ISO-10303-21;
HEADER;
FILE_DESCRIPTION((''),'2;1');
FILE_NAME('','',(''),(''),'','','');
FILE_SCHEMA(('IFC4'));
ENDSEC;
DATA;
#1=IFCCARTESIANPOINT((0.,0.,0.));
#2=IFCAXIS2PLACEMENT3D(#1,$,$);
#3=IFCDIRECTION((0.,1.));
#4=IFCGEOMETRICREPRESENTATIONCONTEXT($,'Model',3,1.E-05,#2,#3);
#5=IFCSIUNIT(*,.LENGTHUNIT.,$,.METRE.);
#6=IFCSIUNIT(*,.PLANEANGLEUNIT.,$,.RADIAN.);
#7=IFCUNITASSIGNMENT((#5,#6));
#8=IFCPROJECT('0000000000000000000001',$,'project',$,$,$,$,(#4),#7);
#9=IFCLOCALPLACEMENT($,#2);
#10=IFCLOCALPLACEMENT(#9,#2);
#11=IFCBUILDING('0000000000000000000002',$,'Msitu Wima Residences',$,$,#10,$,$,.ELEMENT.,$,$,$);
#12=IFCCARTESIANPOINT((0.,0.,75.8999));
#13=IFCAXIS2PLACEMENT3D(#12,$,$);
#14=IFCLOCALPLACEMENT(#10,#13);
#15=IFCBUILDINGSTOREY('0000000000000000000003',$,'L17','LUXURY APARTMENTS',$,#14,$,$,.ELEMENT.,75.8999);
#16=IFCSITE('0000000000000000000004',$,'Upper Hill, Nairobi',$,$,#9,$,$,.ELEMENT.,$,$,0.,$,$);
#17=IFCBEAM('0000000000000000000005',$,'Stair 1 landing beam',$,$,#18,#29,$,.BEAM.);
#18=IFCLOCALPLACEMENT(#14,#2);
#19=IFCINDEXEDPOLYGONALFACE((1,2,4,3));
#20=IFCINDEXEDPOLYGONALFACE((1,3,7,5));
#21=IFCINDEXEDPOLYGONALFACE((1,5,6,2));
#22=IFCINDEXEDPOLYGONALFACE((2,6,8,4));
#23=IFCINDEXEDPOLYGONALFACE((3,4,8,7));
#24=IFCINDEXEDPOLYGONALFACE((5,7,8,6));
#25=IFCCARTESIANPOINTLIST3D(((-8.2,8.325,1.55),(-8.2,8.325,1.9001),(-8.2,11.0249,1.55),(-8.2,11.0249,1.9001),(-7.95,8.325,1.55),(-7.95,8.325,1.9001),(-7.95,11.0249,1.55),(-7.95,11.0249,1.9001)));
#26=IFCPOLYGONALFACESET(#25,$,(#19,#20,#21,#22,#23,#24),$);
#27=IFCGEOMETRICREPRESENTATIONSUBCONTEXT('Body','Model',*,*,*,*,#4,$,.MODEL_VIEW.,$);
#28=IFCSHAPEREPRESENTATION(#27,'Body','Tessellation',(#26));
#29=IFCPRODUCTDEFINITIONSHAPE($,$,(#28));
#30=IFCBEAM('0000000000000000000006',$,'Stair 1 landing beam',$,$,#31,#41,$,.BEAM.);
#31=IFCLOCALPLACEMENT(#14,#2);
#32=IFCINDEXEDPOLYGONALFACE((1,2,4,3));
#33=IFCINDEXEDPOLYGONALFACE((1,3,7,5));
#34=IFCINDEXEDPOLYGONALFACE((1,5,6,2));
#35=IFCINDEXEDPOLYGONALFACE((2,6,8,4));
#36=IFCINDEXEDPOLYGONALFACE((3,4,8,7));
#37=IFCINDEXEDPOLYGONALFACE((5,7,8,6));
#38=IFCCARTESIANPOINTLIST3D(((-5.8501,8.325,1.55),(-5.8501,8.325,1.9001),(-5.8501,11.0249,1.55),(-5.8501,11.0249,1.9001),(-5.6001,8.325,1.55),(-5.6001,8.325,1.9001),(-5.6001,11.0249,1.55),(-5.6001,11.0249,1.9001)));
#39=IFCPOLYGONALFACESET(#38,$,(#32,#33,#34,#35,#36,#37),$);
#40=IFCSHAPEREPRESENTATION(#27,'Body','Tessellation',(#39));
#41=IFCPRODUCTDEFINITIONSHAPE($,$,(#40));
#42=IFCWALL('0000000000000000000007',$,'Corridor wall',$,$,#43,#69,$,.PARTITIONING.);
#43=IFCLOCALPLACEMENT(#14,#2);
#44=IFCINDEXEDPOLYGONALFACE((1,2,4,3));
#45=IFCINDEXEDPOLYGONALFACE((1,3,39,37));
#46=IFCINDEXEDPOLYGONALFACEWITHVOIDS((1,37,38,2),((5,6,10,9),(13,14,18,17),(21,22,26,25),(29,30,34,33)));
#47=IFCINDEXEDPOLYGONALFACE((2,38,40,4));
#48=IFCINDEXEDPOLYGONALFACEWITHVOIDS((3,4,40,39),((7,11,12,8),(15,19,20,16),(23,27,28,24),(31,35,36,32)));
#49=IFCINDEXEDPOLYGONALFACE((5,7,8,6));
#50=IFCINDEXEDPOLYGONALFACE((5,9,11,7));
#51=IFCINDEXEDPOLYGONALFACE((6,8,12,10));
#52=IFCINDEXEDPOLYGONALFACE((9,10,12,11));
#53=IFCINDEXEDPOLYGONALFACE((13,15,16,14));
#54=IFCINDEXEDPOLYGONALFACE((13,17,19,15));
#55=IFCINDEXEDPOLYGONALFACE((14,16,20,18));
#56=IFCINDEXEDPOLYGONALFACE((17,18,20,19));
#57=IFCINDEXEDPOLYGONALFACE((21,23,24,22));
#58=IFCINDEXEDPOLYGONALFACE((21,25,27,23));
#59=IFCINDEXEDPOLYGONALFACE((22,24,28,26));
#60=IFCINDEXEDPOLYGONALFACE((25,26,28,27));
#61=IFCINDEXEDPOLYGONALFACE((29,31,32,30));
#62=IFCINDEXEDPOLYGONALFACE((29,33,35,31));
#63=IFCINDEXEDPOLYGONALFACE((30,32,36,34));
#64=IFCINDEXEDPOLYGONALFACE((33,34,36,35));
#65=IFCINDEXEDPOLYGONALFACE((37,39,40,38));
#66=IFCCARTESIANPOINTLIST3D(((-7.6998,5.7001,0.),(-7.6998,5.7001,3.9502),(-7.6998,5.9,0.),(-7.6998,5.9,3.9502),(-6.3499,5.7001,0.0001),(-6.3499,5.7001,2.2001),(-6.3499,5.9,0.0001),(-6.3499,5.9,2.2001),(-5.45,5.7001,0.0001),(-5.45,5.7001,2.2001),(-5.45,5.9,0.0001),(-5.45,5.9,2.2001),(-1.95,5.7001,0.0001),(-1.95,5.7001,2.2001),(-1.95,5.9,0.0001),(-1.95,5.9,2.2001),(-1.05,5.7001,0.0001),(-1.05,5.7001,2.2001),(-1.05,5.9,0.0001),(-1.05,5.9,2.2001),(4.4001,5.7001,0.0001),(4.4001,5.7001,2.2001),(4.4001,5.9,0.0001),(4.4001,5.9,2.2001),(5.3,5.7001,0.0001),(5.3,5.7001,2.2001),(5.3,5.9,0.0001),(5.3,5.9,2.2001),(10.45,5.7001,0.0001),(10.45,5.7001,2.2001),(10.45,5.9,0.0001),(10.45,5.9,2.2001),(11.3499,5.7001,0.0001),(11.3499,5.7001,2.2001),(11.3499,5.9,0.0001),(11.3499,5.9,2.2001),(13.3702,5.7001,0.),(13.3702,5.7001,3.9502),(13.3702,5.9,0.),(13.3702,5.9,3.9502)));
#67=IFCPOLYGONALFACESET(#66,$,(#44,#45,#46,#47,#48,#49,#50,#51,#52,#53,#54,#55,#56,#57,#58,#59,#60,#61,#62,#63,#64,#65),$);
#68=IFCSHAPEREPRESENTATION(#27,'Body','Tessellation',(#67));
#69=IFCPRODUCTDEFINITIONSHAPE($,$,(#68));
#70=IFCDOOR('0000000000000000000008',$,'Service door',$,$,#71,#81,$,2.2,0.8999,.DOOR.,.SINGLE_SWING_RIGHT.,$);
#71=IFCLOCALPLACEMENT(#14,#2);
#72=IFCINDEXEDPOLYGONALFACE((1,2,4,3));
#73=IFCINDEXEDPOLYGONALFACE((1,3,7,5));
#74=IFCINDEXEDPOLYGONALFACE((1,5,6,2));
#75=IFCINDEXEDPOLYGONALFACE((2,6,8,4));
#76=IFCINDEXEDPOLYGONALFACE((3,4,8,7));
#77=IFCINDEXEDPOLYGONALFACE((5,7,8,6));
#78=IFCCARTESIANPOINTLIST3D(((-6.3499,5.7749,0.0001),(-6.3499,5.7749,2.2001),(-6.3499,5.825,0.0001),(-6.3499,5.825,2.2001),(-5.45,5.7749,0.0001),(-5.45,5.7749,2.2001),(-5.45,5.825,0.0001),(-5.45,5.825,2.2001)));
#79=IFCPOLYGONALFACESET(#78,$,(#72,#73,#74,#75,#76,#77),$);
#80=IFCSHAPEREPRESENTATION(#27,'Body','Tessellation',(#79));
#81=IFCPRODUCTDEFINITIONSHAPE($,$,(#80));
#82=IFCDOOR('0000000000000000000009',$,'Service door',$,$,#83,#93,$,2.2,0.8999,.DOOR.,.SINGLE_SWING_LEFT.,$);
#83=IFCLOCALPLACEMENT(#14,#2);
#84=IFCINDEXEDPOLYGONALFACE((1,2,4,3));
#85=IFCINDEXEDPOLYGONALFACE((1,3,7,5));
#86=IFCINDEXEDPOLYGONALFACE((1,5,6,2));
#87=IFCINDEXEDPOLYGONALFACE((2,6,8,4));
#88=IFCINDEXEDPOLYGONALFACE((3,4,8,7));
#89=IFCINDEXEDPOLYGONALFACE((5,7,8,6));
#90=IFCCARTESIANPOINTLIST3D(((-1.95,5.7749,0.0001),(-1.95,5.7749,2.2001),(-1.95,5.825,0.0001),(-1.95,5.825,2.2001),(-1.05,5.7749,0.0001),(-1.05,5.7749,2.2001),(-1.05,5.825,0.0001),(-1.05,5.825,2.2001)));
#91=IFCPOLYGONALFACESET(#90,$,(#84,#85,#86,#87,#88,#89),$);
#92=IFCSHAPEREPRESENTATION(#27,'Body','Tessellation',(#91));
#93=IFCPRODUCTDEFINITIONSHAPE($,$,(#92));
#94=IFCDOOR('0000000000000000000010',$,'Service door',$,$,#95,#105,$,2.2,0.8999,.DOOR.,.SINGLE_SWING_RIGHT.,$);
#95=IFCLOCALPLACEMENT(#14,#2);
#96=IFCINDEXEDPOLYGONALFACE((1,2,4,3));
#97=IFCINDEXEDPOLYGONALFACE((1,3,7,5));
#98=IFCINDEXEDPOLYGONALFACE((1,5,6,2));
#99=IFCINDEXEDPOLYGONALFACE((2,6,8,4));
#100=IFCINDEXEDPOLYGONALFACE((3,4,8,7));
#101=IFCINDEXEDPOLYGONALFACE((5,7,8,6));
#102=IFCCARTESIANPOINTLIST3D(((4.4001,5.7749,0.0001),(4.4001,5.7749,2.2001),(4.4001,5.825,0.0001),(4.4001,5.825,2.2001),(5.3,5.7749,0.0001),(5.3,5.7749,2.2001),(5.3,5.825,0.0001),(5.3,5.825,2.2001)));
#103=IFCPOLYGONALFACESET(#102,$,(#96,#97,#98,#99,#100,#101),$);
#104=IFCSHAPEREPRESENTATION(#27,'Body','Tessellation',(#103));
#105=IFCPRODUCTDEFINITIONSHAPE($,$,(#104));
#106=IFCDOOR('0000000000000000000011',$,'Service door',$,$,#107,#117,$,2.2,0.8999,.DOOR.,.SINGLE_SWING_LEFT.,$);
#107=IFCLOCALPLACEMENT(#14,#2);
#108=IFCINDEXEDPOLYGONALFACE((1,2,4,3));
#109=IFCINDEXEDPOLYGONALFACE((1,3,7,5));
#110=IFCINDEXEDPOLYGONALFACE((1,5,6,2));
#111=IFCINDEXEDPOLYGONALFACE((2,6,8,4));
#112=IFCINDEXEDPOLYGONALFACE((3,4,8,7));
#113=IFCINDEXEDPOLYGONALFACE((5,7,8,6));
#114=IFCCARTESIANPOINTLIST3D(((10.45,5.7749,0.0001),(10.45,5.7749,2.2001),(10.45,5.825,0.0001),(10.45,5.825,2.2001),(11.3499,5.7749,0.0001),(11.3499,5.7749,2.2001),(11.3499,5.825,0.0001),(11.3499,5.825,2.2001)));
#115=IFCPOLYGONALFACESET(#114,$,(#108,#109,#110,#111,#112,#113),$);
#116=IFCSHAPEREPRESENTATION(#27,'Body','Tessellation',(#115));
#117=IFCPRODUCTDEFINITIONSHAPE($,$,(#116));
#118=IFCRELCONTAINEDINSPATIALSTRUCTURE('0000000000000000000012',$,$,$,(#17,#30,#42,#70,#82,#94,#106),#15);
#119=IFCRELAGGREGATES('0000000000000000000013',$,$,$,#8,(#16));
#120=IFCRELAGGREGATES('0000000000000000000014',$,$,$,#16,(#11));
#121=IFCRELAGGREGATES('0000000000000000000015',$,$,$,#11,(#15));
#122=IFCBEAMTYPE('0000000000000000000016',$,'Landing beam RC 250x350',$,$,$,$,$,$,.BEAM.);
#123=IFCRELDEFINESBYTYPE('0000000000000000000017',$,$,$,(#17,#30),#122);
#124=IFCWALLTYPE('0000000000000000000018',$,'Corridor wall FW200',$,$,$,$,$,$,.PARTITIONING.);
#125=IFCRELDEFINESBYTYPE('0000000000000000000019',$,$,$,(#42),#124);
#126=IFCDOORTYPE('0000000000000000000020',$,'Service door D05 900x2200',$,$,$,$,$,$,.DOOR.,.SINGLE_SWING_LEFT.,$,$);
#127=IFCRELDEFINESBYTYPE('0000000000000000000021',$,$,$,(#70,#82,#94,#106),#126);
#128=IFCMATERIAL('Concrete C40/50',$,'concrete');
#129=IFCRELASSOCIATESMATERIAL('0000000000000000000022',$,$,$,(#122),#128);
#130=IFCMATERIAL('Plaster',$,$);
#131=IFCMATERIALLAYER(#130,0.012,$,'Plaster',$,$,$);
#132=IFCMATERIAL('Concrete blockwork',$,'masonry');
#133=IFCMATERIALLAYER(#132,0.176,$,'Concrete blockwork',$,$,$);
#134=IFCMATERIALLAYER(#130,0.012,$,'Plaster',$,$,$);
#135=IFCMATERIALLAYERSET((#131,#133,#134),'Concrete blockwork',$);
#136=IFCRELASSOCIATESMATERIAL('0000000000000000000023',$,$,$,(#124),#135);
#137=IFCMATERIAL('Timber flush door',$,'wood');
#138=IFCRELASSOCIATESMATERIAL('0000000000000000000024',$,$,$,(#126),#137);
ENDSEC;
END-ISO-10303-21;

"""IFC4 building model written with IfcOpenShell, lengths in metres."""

from ifc_helpers import new_model, si_unit, direction, frame, frame_2d, origin, origin_2d, place, context, subcontext, project, spatial, rectangle, extrude, material, layer, layer_set, material_profile, profile_set, type_object, element, fill, save


model = new_model("IFC4")

# Units and contexts
model_context = context("Model", 3, precision=1e-05, world=origin(), true_north=direction((0.0, 1.0)))
body_context = subcontext(model_context, "Body", "Model", "MODEL_VIEW")
ifc_project = project(units=[si_unit("LENGTHUNIT", "METRE"), si_unit("PLANEANGLEUNIT", "RADIAN")], contexts=[model_context])

# Site, building, storey
site_placement = place(None, origin())
site = spatial("IfcSite", under=ifc_project, at=site_placement, Name="Upper Hill, Nairobi", CompositionType="ELEMENT", RefElevation=0.0)
building_placement = place(site_placement, origin())
building = spatial("IfcBuilding", under=site, at=building_placement, Name="Msitu Wima Residences", CompositionType="ELEMENT")
storey_placement = place(building_placement, frame((0.0, 0.0, 75.8999)))
storey = spatial("IfcBuildingStorey", under=building, at=storey_placement, Name="L17", Description="LUXURY APARTMENTS", CompositionType="ELEMENT", Elevation=75.8999)

# Beams
ifc_material_1 = material(Name="Concrete C40/50", Category="concrete")
ifc_material_profile = material_profile(ifc_material_1, rectangle(XDim=0.25, YDim=0.3501, at=origin_2d()), Name="RC 250x350")
ifc_profile_set = profile_set([ifc_material_profile], Name="Concrete C40/50")
beam_type = type_object("IfcBeamType", Name="Landing beam RC 250x350", PredefinedType="BEAM", material=ifc_profile_set)
for number, where, z_axis, x_axis, name in (
    (1, (-8.075, 8.325, 1.7251), (0.0, 1.0, 0.0), (-1.0, 0.0, 0.0), "Stair 1 landing beam"),
    (2, (-5.7251, 8.325, 1.7251), (0.0, 1.0, 0.0), (-1.0, 0.0, 0.0), "Stair 1 landing beam"),
):
    element("IfcBeam", number, at=place(storey_placement, frame(where, z_axis=z_axis, x_axis=x_axis)), inside=storey, type_object=beam_type, Name=name, PredefinedType="BEAM", context=body_context, shape_type="SweptSolid", body=[
        extrude(rectangle(XDim=0.25, YDim=0.3501, at=origin_2d()), origin(), (0.0, 0.0, 1.0), 2.7),
    ])

# Shared definitions
ifc_material_2 = material(Name="Plaster")
ifc_layer_1 = layer(ifc_material_2, 0.012, Name="Plaster")
ifc_material_3 = material(Name="Concrete blockwork", Category="masonry")
ifc_layer_2 = layer(ifc_material_3, 0.176, Name="Concrete blockwork")
ifc_layer_3 = layer(ifc_material_2, 0.012, Name="Plaster")
ifc_layer_set_1 = layer_set([ifc_layer_1, ifc_layer_2, ifc_layer_3], Name="Concrete blockwork")
wall_type_1 = type_object("IfcWallType", Name="Corridor wall FW200", PredefinedType="PARTITIONING", material=ifc_layer_set_1)

# Wall, openings, doors
wall_1_placement = place(storey_placement, frame((-7.7, 5.8, 0.0), z_axis=(0.0, 0.0, 1.0), x_axis=(1.0, 0.0, 0.0)))
wall_1 = element("IfcWall", 3, at=wall_1_placement, inside=storey, type_object=wall_type_1, Name="Corridor wall", PredefinedType="PARTITIONING", context=body_context, shape_type="SweptSolid", body=[
    extrude(rectangle(XDim=21.0701, YDim=0.2, at=frame_2d((10.5352, 0.0))), origin(), (0.0, 0.0, 1.0), 3.9502),
])
opening_1_placement = place(wall_1_placement, frame((1.3501, 0.0, 0.0)))
opening_1 = element("IfcOpeningElement", 4, at=opening_1_placement, cuts=wall_1, PredefinedType="OPENING", context=body_context, shape_type="SweptSolid", body=[
    extrude(rectangle(XDim=0.8999, YDim=2.2, at=frame_2d((0.45, 1.1001))), frame((0.0, 0.1099, 0.0), z_axis=(0.0, -1.0, 0.0), x_axis=(1.0, 0.0, 0.0)), (0.0, 0.0, 1.0), 0.22),
])
opening_2_placement = place(wall_1_placement, frame((5.75, 0.0, 0.0)))
opening_2 = element("IfcOpeningElement", 5, at=opening_2_placement, cuts=wall_1, PredefinedType="OPENING", context=body_context, shape_type="SweptSolid", body=[
    extrude(rectangle(XDim=0.8999, YDim=2.2, at=frame_2d((0.45, 1.1001))), frame((0.0, 0.1099, 0.0), z_axis=(0.0, -1.0, 0.0), x_axis=(1.0, 0.0, 0.0)), (0.0, 0.0, 1.0), 0.22),
])
opening_3_placement = place(wall_1_placement, frame((12.1001, 0.0, 0.0)))
opening_3 = element("IfcOpeningElement", 6, at=opening_3_placement, cuts=wall_1, PredefinedType="OPENING", context=body_context, shape_type="SweptSolid", body=[
    extrude(rectangle(XDim=0.8999, YDim=2.2, at=frame_2d((0.45, 1.1001))), frame((0.0, 0.1099, 0.0), z_axis=(0.0, -1.0, 0.0), x_axis=(1.0, 0.0, 0.0)), (0.0, 0.0, 1.0), 0.22),
])
opening_4_placement = place(wall_1_placement, frame((18.1499, 0.0, 0.0)))
opening_4 = element("IfcOpeningElement", 7, at=opening_4_placement, cuts=wall_1, PredefinedType="OPENING", context=body_context, shape_type="SweptSolid", body=[
    extrude(rectangle(XDim=0.8999, YDim=2.2, at=frame_2d((0.45, 1.1001))), frame((0.0, 0.1099, 0.0), z_axis=(0.0, -1.0, 0.0), x_axis=(1.0, 0.0, 0.0)), (0.0, 0.0, 1.0), 0.22),
])
ifc_material_4 = material(Name="Timber flush door", Category="wood")
door_type_1 = type_object("IfcDoorType", Name="Service door D05 900x2200", OperationType="SINGLE_SWING_LEFT", PredefinedType="DOOR", material=ifc_material_4)
door_1_placement = place(opening_1_placement, origin())
door_1 = element("IfcDoor", 8, at=door_1_placement, inside=storey, type_object=door_type_1, Name="Service door", OperationType="SINGLE_SWING_RIGHT", OverallHeight=2.2, OverallWidth=0.8999, PredefinedType="DOOR", context=body_context, shape_type="SweptSolid", body=[
    extrude(rectangle(XDim=0.8999, YDim=2.2, at=frame_2d((0.45, 1.1001))), frame((0.0, 0.0249, 0.0), z_axis=(0.0, -1.0, 0.0), x_axis=(1.0, 0.0, 0.0)), (0.0, 0.0, 1.0), 0.05),
])
fill(opening_1, door_1)
door_2_placement = place(opening_2_placement, origin())
door_2 = element("IfcDoor", 9, at=door_2_placement, inside=storey, type_object=door_type_1, Name="Service door", OperationType="SINGLE_SWING_LEFT", OverallHeight=2.2, OverallWidth=0.8999, PredefinedType="DOOR", context=body_context, shape_type="SweptSolid", body=[
    extrude(rectangle(XDim=0.8999, YDim=2.2, at=frame_2d((0.45, 1.1001))), frame((0.0, 0.0249, 0.0), z_axis=(0.0, -1.0, 0.0), x_axis=(1.0, 0.0, 0.0)), (0.0, 0.0, 1.0), 0.05),
])
fill(opening_2, door_2)
door_3_placement = place(opening_3_placement, origin())
door_3 = element("IfcDoor", 10, at=door_3_placement, inside=storey, type_object=door_type_1, Name="Service door", OperationType="SINGLE_SWING_RIGHT", OverallHeight=2.2, OverallWidth=0.8999, PredefinedType="DOOR", context=body_context, shape_type="SweptSolid", body=[
    extrude(rectangle(XDim=0.8999, YDim=2.2, at=frame_2d((0.45, 1.1001))), frame((0.0, 0.0249, 0.0), z_axis=(0.0, -1.0, 0.0), x_axis=(1.0, 0.0, 0.0)), (0.0, 0.0, 1.0), 0.05),
])
fill(opening_3, door_3)
door_4_placement = place(opening_4_placement, origin())
door_4 = element("IfcDoor", 11, at=door_4_placement, inside=storey, type_object=door_type_1, Name="Service door", OperationType="SINGLE_SWING_LEFT", OverallHeight=2.2, OverallWidth=0.8999, PredefinedType="DOOR", context=body_context, shape_type="SweptSolid", body=[
    extrude(rectangle(XDim=0.8999, YDim=2.2, at=frame_2d((0.45, 1.1001))), frame((0.0, 0.0249, 0.0), z_axis=(0.0, -1.0, 0.0), x_axis=(1.0, 0.0, 0.0)), (0.0, 0.0, 1.0), 0.05),
])
fill(opening_4, door_4)

save(model, "model.ifc")
